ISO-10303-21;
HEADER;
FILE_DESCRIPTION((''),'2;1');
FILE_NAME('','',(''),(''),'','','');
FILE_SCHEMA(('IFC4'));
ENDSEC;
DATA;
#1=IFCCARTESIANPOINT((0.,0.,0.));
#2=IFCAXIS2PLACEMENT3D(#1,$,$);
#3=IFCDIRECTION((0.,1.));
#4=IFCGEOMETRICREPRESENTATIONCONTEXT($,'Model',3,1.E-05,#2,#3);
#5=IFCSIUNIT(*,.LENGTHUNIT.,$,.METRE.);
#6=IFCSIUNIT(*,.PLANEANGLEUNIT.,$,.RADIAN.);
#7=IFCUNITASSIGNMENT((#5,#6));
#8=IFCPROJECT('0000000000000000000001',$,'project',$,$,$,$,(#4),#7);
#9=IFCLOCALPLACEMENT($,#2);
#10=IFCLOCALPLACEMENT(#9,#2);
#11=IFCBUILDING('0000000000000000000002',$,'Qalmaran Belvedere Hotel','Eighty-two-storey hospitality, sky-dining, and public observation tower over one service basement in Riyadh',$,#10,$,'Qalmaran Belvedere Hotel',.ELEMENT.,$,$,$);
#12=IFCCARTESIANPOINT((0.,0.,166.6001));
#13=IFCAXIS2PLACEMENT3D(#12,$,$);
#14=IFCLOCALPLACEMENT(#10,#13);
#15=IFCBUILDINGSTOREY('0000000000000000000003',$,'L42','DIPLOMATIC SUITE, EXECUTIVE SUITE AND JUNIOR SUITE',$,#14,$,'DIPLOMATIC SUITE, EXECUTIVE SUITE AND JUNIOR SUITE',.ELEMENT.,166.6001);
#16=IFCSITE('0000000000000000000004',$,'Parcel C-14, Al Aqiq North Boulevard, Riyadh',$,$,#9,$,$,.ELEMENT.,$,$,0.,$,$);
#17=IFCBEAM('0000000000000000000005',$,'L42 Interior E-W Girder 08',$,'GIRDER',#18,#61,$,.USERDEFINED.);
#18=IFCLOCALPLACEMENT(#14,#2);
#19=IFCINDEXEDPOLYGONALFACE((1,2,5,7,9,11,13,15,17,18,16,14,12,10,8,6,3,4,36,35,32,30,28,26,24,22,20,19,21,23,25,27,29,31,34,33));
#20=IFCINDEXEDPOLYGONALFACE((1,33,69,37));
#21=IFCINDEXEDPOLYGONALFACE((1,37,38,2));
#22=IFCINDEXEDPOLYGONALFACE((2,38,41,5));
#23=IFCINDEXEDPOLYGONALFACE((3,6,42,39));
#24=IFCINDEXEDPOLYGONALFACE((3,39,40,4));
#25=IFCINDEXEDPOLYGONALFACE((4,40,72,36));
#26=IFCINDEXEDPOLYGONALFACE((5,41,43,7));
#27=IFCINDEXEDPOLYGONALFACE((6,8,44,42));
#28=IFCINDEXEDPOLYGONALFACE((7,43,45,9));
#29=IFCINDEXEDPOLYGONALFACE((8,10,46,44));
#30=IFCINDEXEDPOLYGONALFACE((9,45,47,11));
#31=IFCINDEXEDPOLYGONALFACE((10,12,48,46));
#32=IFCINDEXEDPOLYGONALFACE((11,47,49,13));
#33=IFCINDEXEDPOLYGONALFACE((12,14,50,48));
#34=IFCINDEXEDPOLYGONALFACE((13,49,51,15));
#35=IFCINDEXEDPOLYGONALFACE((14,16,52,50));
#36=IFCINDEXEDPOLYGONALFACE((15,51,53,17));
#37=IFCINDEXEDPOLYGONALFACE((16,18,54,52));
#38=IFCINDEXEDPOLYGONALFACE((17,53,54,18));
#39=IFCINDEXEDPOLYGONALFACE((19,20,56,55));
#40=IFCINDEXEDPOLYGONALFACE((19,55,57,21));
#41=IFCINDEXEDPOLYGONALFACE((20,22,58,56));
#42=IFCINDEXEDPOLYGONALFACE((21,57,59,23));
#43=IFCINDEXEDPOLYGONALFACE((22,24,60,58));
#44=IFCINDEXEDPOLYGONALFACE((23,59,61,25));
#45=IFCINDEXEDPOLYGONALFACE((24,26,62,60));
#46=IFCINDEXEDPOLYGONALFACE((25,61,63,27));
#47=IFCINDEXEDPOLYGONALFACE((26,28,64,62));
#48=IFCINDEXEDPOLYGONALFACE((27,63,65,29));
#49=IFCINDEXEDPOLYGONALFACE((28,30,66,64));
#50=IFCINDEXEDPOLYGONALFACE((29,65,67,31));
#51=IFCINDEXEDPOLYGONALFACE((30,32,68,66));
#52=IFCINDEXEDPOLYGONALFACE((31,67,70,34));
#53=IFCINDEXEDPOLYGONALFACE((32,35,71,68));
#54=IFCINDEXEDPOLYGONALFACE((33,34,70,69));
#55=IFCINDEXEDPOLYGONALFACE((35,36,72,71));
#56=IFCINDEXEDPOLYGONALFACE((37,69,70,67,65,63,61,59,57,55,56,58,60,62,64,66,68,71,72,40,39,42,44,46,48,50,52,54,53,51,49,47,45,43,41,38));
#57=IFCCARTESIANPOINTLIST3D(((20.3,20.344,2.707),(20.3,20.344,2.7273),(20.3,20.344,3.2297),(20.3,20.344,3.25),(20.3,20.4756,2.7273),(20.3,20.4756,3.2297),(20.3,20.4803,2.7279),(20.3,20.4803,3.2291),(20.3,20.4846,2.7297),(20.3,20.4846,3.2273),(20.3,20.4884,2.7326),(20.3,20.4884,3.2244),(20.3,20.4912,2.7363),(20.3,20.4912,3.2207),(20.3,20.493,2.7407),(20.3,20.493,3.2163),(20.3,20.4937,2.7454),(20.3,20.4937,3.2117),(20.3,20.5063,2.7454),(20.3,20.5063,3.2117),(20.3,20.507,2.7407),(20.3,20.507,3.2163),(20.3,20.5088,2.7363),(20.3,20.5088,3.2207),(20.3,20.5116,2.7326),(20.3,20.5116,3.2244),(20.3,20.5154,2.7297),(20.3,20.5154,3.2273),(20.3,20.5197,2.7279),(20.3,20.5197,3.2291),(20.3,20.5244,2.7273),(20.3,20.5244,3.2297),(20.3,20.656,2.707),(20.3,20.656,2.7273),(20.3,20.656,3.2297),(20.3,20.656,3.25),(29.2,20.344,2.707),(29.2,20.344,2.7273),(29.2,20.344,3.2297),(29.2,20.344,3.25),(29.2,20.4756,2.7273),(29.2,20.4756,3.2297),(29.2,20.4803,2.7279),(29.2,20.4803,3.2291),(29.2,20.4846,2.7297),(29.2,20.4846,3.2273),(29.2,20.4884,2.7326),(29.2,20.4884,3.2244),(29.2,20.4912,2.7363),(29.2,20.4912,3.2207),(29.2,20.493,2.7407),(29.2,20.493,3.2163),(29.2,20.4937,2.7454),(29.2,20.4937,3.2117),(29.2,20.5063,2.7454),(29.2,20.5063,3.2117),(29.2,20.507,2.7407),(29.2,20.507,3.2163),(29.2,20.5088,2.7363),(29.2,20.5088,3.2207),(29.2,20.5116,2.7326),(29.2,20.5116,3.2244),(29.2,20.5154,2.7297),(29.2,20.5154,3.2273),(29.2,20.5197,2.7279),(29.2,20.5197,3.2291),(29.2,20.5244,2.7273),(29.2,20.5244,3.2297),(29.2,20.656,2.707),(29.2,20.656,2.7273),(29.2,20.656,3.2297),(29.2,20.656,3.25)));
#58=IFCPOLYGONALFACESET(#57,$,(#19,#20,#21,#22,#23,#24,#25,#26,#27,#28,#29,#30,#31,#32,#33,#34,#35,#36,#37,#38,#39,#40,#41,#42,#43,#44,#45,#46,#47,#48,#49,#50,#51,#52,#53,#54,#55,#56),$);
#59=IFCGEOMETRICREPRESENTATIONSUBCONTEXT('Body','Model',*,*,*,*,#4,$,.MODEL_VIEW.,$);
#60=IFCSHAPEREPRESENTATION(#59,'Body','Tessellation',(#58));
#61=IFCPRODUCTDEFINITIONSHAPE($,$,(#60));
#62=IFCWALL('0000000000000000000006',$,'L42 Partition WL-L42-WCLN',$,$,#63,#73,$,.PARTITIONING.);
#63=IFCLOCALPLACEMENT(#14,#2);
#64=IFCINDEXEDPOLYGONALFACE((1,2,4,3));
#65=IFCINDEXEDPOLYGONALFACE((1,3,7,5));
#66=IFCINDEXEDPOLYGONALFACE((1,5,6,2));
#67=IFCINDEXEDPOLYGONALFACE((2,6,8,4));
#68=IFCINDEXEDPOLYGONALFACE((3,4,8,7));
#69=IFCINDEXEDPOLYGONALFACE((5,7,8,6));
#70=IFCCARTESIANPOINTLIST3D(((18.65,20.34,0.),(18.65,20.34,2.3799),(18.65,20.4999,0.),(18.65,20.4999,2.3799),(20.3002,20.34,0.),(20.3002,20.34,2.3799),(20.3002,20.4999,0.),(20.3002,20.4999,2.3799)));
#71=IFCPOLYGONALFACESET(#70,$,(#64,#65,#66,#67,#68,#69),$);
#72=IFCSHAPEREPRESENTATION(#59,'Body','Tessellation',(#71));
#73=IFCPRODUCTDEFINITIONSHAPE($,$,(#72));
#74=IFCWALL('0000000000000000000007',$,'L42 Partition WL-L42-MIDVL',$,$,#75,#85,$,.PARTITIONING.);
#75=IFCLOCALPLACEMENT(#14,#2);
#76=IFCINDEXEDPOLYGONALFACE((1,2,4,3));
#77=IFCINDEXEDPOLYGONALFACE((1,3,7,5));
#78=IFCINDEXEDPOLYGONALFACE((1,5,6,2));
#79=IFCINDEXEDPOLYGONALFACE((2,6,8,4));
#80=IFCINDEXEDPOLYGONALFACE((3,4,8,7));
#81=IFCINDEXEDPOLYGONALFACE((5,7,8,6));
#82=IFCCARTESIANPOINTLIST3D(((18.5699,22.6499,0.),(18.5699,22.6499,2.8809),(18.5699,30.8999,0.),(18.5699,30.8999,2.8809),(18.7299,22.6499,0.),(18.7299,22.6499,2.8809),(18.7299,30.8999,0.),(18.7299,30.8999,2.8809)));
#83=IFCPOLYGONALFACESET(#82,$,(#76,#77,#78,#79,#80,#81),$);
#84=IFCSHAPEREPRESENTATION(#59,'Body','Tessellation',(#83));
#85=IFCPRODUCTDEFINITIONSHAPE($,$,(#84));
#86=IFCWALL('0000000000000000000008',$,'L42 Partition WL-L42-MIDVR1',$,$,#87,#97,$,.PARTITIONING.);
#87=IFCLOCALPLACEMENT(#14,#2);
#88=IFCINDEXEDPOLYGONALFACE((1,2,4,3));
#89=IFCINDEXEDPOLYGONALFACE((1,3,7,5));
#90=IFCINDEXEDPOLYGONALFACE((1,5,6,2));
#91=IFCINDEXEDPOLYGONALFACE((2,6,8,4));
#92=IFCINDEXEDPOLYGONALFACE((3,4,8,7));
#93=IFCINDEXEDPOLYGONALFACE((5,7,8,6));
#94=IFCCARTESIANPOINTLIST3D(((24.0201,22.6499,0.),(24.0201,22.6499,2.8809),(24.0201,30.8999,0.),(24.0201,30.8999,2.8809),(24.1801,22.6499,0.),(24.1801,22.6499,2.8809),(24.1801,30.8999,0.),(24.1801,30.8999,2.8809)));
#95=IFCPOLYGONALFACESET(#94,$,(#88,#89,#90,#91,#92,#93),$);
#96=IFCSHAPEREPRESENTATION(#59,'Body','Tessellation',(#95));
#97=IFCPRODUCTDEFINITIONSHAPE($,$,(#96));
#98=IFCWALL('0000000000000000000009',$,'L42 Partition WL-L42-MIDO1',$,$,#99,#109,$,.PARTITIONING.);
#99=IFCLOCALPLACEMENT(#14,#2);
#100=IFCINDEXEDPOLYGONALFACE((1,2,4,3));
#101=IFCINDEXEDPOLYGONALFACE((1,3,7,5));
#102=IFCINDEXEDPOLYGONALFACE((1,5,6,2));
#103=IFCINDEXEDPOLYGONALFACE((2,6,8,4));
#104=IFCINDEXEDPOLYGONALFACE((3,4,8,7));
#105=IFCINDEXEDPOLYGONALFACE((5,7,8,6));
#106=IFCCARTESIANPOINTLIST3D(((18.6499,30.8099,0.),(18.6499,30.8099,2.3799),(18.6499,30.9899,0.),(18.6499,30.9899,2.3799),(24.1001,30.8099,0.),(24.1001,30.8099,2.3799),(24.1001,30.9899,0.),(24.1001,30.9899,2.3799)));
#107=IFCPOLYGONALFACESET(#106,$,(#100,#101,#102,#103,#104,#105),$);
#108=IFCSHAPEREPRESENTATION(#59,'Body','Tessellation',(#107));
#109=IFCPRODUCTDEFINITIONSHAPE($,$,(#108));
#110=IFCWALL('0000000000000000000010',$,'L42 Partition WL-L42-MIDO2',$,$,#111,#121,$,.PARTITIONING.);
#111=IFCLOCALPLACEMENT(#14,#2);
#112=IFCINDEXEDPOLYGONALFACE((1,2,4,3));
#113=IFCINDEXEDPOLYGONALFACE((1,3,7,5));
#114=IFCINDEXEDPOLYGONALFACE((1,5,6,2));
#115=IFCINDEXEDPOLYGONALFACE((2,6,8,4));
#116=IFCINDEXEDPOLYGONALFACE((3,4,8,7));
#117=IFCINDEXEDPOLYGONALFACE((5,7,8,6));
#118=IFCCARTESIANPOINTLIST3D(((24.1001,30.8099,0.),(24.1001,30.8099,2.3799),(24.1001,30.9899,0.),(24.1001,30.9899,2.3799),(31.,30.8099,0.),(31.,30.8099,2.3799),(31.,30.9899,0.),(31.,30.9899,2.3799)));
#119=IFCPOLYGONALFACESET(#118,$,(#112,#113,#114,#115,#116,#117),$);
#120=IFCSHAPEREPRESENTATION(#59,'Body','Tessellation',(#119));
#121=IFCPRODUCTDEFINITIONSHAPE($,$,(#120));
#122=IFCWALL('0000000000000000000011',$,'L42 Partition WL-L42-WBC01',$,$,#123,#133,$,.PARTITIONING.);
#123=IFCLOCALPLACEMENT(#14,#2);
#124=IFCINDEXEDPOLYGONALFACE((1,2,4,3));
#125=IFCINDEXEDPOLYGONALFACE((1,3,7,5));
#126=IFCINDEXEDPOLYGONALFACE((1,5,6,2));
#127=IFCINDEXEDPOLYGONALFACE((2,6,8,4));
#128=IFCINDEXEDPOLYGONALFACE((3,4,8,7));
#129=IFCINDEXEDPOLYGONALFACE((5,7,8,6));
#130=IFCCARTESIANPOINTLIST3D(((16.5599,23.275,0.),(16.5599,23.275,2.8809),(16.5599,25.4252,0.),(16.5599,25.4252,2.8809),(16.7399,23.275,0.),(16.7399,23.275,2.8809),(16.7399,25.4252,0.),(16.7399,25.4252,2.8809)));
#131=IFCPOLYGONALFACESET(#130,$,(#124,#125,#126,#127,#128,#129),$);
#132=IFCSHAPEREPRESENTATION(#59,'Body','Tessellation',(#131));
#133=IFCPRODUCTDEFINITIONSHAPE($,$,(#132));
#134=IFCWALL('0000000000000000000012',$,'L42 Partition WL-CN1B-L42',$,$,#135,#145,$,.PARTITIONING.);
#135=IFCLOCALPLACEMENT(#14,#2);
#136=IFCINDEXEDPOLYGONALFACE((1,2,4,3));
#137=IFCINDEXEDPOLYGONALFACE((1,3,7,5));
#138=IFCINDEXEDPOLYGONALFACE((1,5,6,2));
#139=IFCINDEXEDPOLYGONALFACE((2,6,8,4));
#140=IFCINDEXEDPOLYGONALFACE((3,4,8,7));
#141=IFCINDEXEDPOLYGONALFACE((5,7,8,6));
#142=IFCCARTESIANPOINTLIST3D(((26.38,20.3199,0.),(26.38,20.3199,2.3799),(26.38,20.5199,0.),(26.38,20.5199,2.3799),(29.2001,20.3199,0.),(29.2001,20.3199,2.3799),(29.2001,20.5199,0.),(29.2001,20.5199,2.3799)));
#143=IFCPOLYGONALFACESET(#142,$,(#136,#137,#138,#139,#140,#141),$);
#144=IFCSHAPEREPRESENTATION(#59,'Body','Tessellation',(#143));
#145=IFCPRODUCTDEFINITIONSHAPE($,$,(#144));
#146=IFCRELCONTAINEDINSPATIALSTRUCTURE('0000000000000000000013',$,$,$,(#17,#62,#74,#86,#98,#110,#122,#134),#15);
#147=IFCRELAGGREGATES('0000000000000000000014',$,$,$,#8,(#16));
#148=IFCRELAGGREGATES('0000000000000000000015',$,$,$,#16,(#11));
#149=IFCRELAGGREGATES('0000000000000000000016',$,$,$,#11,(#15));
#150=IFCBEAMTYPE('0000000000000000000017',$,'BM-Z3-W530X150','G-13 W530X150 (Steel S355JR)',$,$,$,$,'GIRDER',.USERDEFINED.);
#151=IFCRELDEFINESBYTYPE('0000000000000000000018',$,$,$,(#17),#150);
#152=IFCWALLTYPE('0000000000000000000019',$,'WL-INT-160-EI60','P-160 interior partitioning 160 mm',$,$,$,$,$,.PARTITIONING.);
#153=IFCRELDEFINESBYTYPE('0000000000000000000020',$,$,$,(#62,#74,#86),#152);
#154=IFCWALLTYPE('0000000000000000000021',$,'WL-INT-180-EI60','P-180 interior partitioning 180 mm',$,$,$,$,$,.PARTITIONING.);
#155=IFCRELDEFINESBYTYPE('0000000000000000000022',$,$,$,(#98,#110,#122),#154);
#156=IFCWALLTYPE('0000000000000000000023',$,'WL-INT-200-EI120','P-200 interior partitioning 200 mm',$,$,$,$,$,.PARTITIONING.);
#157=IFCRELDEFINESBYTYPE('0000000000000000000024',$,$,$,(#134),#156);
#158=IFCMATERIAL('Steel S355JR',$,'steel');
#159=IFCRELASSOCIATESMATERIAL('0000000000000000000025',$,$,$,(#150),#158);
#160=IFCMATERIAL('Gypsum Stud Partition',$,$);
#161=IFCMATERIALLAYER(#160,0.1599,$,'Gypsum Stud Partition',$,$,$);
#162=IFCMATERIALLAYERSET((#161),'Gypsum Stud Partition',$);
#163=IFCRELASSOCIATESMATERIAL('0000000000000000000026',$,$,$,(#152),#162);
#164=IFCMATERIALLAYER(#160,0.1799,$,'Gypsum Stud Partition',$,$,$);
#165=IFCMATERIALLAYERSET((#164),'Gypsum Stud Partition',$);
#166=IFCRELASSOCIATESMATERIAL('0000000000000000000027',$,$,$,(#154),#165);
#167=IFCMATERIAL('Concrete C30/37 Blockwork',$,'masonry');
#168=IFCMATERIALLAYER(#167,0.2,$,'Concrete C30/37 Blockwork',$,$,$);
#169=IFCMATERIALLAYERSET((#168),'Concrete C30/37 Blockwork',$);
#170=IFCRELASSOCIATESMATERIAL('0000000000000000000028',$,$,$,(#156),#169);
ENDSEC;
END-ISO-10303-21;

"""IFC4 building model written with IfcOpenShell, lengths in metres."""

from ifc_helpers import new_model, si_unit, direction, frame, frame_2d, origin, origin_2d, place, context, subcontext, project, spatial, rectangle, i_section, extrude, material, layer, layer_set, material_profile, profile_set, type_object, element, save


model = new_model("IFC4")

# Units and contexts
model_context = context("Model", 3, precision=1e-05, world=origin(), true_north=direction((0.0, 1.0)))
body_context = subcontext(model_context, "Body", "Model", "MODEL_VIEW")
ifc_project = project(units=[si_unit("LENGTHUNIT", "METRE"), si_unit("PLANEANGLEUNIT", "RADIAN")], contexts=[model_context])

# Site, building, storey
site_placement = place(None, origin())
site = spatial("IfcSite", under=ifc_project, at=site_placement, Name="Parcel C-14, Al Aqiq North Boulevard, Riyadh", CompositionType="ELEMENT", RefElevation=0.0)
building_placement = place(site_placement, origin())
building = spatial("IfcBuilding", under=site, at=building_placement, Name="Qalmaran Belvedere Hotel", Description="Eighty-two-storey hospitality, sky-dining, and public observation tower over one service basement in Riyadh", LongName="Qalmaran Belvedere Hotel", CompositionType="ELEMENT")
storey_placement = place(building_placement, frame((0.0, 0.0, 166.6001)))
storey = spatial("IfcBuildingStorey", under=building, at=storey_placement, Name="L42", Description="DIPLOMATIC SUITE, EXECUTIVE SUITE AND JUNIOR SUITE", LongName="DIPLOMATIC SUITE, EXECUTIVE SUITE AND JUNIOR SUITE", CompositionType="ELEMENT", Elevation=166.6001)

# Beam
ifc_material_1 = material(Name="Steel S355JR", Category="steel")
ifc_material_profile_1 = material_profile(ifc_material_1, i_section(OverallWidth=0.312, OverallDepth=0.543, WebThickness=0.0127, FlangeThickness=0.0203, FilletRadius=0.0181, at=origin_2d()), Name="W530X150")
ifc_profile_set_1 = profile_set([ifc_material_profile_1], Name="Steel S355JR")
beam_type_1 = type_object("IfcBeamType", Name="BM-Z3-W530X150", Description="G-13 W530X150 (Steel S355JR)", ElementType="GIRDER", PredefinedType="USERDEFINED", material=ifc_profile_set_1)
beam_1_placement = place(storey_placement, frame((20.3, 20.5, 2.9785), z_axis=(1.0, 0.0, 0.0), x_axis=(0.0, 1.0, 0.0)))
element("IfcBeam", 1, at=beam_1_placement, inside=storey, type_object=beam_type_1, Name="L42 Interior E-W Girder 08", ObjectType="GIRDER", PredefinedType="USERDEFINED", context=body_context, shape_type="SweptSolid", body=[
    extrude(i_section(OverallWidth=0.312, OverallDepth=0.543, WebThickness=0.0127, FlangeThickness=0.0203, FilletRadius=0.0181, at=origin_2d()), origin(), (0.0, 0.0, 1.0), 8.8999),
])

# Shared definitions
ifc_material_2 = material(Name="Gypsum Stud Partition")

# Walls
ifc_layer_1 = layer(ifc_material_2, 0.1599, Name="Gypsum Stud Partition")
ifc_layer_set_1 = layer_set([ifc_layer_1], Name="Gypsum Stud Partition")
wall_type_1 = type_object("IfcWallType", Name="WL-INT-160-EI60", Description="P-160 interior partitioning 160 mm", PredefinedType="PARTITIONING", material=ifc_layer_set_1)
wall_1_placement = place(storey_placement, frame((18.6499, 20.4199, 0.0), z_axis=(0.0, 0.0, 1.0), x_axis=(1.0, 0.0, 0.0)))
element("IfcWall", 2, at=wall_1_placement, inside=storey, type_object=wall_type_1, Name="L42 Partition WL-L42-WCLN", PredefinedType="PARTITIONING", context=body_context, shape_type="SweptSolid", body=[
    extrude(rectangle(XDim=1.6501, YDim=0.1599, at=frame_2d((0.8252, 0.0))), origin(), (0.0, 0.0, 1.0), 2.3799),
])
for number, where, z_axis, x_axis, name in (
    (3, (18.6499, 22.6499, 0.0), (0.0, 0.0, 1.0), (0.0, 1.0, 0.0), "L42 Partition WL-L42-MIDVL"),
    (4, (24.1001, 22.6499, 0.0), (0.0, 0.0, 1.0), (0.0, 1.0, 0.0), "L42 Partition WL-L42-MIDVR1"),
):
    element("IfcWall", number, at=place(storey_placement, frame(where, z_axis=z_axis, x_axis=x_axis)), inside=storey, type_object=wall_type_1, Name=name, PredefinedType="PARTITIONING", context=body_context, shape_type="SweptSolid", body=[
        extrude(rectangle(XDim=8.25, YDim=0.1599, at=frame_2d((4.125, 0.0))), origin(), (0.0, 0.0, 1.0), 2.8809),
    ])

# Shared definitions
ifc_layer_2 = layer(ifc_material_2, 0.1799, Name="Gypsum Stud Partition")
ifc_layer_set_2 = layer_set([ifc_layer_2], Name="Gypsum Stud Partition")
wall_type_2 = type_object("IfcWallType", Name="WL-INT-180-EI60", Description="P-180 interior partitioning 180 mm", PredefinedType="PARTITIONING", material=ifc_layer_set_2)

# Wall
wall_2_placement = place(storey_placement, frame((18.6499, 30.8999, 0.0), z_axis=(0.0, 0.0, 1.0), x_axis=(1.0, 0.0, 0.0)))
element("IfcWall", 5, at=wall_2_placement, inside=storey, type_object=wall_type_2, Name="L42 Partition WL-L42-MIDO1", PredefinedType="PARTITIONING", context=body_context, shape_type="SweptSolid", body=[
    extrude(rectangle(XDim=5.4502, YDim=0.1799, at=frame_2d((2.7251, 0.0))), origin(), (0.0, 0.0, 1.0), 2.3799),
])

# Walls
wall_3_placement = place(storey_placement, frame((24.1001, 30.8999, 0.0), z_axis=(0.0, 0.0, 1.0), x_axis=(1.0, 0.0, 0.0)))
element("IfcWall", 6, at=wall_3_placement, inside=storey, type_object=wall_type_2, Name="L42 Partition WL-L42-MIDO2", PredefinedType="PARTITIONING", context=body_context, shape_type="SweptSolid", body=[
    extrude(rectangle(XDim=6.8999, YDim=0.1799, at=frame_2d((3.45, 0.0))), origin(), (0.0, 0.0, 1.0), 2.3799),
])
wall_4_placement = place(storey_placement, frame((16.6499, 23.2749, 0.0), z_axis=(0.0, 0.0, 1.0), x_axis=(0.0, 1.0, 0.0)))
element("IfcWall", 7, at=wall_4_placement, inside=storey, type_object=wall_type_2, Name="L42 Partition WL-L42-WBC01", PredefinedType="PARTITIONING", context=body_context, shape_type="SweptSolid", body=[
    extrude(rectangle(XDim=2.1501, YDim=0.1799, at=frame_2d((1.0752, 0.0))), origin(), (0.0, 0.0, 1.0), 2.8809),
])

# Shared definitions
ifc_material_3 = material(Name="Concrete C30/37 Blockwork", Category="masonry")
ifc_layer_3 = layer(ifc_material_3, 0.2, Name="Concrete C30/37 Blockwork")
ifc_layer_set_3 = layer_set([ifc_layer_3], Name="Concrete C30/37 Blockwork")
wall_type_3 = type_object("IfcWallType", Name="WL-INT-200-EI120", Description="P-200 interior partitioning 200 mm", PredefinedType="PARTITIONING", material=ifc_layer_set_3)

# Wall
wall_5_placement = place(storey_placement, frame((26.3799, 20.4199, 0.0), z_axis=(0.0, 0.0, 1.0), x_axis=(1.0, 0.0, 0.0)))
element("IfcWall", 8, at=wall_5_placement, inside=storey, type_object=wall_type_3, Name="L42 Partition WL-CN1B-L42", PredefinedType="PARTITIONING", context=body_context, shape_type="SweptSolid", body=[
    extrude(rectangle(XDim=2.8201, YDim=0.2, at=frame_2d((1.4102, 0.0))), origin(), (0.0, 0.0, 1.0), 2.3799),
])

save(model, "model.ifc")
